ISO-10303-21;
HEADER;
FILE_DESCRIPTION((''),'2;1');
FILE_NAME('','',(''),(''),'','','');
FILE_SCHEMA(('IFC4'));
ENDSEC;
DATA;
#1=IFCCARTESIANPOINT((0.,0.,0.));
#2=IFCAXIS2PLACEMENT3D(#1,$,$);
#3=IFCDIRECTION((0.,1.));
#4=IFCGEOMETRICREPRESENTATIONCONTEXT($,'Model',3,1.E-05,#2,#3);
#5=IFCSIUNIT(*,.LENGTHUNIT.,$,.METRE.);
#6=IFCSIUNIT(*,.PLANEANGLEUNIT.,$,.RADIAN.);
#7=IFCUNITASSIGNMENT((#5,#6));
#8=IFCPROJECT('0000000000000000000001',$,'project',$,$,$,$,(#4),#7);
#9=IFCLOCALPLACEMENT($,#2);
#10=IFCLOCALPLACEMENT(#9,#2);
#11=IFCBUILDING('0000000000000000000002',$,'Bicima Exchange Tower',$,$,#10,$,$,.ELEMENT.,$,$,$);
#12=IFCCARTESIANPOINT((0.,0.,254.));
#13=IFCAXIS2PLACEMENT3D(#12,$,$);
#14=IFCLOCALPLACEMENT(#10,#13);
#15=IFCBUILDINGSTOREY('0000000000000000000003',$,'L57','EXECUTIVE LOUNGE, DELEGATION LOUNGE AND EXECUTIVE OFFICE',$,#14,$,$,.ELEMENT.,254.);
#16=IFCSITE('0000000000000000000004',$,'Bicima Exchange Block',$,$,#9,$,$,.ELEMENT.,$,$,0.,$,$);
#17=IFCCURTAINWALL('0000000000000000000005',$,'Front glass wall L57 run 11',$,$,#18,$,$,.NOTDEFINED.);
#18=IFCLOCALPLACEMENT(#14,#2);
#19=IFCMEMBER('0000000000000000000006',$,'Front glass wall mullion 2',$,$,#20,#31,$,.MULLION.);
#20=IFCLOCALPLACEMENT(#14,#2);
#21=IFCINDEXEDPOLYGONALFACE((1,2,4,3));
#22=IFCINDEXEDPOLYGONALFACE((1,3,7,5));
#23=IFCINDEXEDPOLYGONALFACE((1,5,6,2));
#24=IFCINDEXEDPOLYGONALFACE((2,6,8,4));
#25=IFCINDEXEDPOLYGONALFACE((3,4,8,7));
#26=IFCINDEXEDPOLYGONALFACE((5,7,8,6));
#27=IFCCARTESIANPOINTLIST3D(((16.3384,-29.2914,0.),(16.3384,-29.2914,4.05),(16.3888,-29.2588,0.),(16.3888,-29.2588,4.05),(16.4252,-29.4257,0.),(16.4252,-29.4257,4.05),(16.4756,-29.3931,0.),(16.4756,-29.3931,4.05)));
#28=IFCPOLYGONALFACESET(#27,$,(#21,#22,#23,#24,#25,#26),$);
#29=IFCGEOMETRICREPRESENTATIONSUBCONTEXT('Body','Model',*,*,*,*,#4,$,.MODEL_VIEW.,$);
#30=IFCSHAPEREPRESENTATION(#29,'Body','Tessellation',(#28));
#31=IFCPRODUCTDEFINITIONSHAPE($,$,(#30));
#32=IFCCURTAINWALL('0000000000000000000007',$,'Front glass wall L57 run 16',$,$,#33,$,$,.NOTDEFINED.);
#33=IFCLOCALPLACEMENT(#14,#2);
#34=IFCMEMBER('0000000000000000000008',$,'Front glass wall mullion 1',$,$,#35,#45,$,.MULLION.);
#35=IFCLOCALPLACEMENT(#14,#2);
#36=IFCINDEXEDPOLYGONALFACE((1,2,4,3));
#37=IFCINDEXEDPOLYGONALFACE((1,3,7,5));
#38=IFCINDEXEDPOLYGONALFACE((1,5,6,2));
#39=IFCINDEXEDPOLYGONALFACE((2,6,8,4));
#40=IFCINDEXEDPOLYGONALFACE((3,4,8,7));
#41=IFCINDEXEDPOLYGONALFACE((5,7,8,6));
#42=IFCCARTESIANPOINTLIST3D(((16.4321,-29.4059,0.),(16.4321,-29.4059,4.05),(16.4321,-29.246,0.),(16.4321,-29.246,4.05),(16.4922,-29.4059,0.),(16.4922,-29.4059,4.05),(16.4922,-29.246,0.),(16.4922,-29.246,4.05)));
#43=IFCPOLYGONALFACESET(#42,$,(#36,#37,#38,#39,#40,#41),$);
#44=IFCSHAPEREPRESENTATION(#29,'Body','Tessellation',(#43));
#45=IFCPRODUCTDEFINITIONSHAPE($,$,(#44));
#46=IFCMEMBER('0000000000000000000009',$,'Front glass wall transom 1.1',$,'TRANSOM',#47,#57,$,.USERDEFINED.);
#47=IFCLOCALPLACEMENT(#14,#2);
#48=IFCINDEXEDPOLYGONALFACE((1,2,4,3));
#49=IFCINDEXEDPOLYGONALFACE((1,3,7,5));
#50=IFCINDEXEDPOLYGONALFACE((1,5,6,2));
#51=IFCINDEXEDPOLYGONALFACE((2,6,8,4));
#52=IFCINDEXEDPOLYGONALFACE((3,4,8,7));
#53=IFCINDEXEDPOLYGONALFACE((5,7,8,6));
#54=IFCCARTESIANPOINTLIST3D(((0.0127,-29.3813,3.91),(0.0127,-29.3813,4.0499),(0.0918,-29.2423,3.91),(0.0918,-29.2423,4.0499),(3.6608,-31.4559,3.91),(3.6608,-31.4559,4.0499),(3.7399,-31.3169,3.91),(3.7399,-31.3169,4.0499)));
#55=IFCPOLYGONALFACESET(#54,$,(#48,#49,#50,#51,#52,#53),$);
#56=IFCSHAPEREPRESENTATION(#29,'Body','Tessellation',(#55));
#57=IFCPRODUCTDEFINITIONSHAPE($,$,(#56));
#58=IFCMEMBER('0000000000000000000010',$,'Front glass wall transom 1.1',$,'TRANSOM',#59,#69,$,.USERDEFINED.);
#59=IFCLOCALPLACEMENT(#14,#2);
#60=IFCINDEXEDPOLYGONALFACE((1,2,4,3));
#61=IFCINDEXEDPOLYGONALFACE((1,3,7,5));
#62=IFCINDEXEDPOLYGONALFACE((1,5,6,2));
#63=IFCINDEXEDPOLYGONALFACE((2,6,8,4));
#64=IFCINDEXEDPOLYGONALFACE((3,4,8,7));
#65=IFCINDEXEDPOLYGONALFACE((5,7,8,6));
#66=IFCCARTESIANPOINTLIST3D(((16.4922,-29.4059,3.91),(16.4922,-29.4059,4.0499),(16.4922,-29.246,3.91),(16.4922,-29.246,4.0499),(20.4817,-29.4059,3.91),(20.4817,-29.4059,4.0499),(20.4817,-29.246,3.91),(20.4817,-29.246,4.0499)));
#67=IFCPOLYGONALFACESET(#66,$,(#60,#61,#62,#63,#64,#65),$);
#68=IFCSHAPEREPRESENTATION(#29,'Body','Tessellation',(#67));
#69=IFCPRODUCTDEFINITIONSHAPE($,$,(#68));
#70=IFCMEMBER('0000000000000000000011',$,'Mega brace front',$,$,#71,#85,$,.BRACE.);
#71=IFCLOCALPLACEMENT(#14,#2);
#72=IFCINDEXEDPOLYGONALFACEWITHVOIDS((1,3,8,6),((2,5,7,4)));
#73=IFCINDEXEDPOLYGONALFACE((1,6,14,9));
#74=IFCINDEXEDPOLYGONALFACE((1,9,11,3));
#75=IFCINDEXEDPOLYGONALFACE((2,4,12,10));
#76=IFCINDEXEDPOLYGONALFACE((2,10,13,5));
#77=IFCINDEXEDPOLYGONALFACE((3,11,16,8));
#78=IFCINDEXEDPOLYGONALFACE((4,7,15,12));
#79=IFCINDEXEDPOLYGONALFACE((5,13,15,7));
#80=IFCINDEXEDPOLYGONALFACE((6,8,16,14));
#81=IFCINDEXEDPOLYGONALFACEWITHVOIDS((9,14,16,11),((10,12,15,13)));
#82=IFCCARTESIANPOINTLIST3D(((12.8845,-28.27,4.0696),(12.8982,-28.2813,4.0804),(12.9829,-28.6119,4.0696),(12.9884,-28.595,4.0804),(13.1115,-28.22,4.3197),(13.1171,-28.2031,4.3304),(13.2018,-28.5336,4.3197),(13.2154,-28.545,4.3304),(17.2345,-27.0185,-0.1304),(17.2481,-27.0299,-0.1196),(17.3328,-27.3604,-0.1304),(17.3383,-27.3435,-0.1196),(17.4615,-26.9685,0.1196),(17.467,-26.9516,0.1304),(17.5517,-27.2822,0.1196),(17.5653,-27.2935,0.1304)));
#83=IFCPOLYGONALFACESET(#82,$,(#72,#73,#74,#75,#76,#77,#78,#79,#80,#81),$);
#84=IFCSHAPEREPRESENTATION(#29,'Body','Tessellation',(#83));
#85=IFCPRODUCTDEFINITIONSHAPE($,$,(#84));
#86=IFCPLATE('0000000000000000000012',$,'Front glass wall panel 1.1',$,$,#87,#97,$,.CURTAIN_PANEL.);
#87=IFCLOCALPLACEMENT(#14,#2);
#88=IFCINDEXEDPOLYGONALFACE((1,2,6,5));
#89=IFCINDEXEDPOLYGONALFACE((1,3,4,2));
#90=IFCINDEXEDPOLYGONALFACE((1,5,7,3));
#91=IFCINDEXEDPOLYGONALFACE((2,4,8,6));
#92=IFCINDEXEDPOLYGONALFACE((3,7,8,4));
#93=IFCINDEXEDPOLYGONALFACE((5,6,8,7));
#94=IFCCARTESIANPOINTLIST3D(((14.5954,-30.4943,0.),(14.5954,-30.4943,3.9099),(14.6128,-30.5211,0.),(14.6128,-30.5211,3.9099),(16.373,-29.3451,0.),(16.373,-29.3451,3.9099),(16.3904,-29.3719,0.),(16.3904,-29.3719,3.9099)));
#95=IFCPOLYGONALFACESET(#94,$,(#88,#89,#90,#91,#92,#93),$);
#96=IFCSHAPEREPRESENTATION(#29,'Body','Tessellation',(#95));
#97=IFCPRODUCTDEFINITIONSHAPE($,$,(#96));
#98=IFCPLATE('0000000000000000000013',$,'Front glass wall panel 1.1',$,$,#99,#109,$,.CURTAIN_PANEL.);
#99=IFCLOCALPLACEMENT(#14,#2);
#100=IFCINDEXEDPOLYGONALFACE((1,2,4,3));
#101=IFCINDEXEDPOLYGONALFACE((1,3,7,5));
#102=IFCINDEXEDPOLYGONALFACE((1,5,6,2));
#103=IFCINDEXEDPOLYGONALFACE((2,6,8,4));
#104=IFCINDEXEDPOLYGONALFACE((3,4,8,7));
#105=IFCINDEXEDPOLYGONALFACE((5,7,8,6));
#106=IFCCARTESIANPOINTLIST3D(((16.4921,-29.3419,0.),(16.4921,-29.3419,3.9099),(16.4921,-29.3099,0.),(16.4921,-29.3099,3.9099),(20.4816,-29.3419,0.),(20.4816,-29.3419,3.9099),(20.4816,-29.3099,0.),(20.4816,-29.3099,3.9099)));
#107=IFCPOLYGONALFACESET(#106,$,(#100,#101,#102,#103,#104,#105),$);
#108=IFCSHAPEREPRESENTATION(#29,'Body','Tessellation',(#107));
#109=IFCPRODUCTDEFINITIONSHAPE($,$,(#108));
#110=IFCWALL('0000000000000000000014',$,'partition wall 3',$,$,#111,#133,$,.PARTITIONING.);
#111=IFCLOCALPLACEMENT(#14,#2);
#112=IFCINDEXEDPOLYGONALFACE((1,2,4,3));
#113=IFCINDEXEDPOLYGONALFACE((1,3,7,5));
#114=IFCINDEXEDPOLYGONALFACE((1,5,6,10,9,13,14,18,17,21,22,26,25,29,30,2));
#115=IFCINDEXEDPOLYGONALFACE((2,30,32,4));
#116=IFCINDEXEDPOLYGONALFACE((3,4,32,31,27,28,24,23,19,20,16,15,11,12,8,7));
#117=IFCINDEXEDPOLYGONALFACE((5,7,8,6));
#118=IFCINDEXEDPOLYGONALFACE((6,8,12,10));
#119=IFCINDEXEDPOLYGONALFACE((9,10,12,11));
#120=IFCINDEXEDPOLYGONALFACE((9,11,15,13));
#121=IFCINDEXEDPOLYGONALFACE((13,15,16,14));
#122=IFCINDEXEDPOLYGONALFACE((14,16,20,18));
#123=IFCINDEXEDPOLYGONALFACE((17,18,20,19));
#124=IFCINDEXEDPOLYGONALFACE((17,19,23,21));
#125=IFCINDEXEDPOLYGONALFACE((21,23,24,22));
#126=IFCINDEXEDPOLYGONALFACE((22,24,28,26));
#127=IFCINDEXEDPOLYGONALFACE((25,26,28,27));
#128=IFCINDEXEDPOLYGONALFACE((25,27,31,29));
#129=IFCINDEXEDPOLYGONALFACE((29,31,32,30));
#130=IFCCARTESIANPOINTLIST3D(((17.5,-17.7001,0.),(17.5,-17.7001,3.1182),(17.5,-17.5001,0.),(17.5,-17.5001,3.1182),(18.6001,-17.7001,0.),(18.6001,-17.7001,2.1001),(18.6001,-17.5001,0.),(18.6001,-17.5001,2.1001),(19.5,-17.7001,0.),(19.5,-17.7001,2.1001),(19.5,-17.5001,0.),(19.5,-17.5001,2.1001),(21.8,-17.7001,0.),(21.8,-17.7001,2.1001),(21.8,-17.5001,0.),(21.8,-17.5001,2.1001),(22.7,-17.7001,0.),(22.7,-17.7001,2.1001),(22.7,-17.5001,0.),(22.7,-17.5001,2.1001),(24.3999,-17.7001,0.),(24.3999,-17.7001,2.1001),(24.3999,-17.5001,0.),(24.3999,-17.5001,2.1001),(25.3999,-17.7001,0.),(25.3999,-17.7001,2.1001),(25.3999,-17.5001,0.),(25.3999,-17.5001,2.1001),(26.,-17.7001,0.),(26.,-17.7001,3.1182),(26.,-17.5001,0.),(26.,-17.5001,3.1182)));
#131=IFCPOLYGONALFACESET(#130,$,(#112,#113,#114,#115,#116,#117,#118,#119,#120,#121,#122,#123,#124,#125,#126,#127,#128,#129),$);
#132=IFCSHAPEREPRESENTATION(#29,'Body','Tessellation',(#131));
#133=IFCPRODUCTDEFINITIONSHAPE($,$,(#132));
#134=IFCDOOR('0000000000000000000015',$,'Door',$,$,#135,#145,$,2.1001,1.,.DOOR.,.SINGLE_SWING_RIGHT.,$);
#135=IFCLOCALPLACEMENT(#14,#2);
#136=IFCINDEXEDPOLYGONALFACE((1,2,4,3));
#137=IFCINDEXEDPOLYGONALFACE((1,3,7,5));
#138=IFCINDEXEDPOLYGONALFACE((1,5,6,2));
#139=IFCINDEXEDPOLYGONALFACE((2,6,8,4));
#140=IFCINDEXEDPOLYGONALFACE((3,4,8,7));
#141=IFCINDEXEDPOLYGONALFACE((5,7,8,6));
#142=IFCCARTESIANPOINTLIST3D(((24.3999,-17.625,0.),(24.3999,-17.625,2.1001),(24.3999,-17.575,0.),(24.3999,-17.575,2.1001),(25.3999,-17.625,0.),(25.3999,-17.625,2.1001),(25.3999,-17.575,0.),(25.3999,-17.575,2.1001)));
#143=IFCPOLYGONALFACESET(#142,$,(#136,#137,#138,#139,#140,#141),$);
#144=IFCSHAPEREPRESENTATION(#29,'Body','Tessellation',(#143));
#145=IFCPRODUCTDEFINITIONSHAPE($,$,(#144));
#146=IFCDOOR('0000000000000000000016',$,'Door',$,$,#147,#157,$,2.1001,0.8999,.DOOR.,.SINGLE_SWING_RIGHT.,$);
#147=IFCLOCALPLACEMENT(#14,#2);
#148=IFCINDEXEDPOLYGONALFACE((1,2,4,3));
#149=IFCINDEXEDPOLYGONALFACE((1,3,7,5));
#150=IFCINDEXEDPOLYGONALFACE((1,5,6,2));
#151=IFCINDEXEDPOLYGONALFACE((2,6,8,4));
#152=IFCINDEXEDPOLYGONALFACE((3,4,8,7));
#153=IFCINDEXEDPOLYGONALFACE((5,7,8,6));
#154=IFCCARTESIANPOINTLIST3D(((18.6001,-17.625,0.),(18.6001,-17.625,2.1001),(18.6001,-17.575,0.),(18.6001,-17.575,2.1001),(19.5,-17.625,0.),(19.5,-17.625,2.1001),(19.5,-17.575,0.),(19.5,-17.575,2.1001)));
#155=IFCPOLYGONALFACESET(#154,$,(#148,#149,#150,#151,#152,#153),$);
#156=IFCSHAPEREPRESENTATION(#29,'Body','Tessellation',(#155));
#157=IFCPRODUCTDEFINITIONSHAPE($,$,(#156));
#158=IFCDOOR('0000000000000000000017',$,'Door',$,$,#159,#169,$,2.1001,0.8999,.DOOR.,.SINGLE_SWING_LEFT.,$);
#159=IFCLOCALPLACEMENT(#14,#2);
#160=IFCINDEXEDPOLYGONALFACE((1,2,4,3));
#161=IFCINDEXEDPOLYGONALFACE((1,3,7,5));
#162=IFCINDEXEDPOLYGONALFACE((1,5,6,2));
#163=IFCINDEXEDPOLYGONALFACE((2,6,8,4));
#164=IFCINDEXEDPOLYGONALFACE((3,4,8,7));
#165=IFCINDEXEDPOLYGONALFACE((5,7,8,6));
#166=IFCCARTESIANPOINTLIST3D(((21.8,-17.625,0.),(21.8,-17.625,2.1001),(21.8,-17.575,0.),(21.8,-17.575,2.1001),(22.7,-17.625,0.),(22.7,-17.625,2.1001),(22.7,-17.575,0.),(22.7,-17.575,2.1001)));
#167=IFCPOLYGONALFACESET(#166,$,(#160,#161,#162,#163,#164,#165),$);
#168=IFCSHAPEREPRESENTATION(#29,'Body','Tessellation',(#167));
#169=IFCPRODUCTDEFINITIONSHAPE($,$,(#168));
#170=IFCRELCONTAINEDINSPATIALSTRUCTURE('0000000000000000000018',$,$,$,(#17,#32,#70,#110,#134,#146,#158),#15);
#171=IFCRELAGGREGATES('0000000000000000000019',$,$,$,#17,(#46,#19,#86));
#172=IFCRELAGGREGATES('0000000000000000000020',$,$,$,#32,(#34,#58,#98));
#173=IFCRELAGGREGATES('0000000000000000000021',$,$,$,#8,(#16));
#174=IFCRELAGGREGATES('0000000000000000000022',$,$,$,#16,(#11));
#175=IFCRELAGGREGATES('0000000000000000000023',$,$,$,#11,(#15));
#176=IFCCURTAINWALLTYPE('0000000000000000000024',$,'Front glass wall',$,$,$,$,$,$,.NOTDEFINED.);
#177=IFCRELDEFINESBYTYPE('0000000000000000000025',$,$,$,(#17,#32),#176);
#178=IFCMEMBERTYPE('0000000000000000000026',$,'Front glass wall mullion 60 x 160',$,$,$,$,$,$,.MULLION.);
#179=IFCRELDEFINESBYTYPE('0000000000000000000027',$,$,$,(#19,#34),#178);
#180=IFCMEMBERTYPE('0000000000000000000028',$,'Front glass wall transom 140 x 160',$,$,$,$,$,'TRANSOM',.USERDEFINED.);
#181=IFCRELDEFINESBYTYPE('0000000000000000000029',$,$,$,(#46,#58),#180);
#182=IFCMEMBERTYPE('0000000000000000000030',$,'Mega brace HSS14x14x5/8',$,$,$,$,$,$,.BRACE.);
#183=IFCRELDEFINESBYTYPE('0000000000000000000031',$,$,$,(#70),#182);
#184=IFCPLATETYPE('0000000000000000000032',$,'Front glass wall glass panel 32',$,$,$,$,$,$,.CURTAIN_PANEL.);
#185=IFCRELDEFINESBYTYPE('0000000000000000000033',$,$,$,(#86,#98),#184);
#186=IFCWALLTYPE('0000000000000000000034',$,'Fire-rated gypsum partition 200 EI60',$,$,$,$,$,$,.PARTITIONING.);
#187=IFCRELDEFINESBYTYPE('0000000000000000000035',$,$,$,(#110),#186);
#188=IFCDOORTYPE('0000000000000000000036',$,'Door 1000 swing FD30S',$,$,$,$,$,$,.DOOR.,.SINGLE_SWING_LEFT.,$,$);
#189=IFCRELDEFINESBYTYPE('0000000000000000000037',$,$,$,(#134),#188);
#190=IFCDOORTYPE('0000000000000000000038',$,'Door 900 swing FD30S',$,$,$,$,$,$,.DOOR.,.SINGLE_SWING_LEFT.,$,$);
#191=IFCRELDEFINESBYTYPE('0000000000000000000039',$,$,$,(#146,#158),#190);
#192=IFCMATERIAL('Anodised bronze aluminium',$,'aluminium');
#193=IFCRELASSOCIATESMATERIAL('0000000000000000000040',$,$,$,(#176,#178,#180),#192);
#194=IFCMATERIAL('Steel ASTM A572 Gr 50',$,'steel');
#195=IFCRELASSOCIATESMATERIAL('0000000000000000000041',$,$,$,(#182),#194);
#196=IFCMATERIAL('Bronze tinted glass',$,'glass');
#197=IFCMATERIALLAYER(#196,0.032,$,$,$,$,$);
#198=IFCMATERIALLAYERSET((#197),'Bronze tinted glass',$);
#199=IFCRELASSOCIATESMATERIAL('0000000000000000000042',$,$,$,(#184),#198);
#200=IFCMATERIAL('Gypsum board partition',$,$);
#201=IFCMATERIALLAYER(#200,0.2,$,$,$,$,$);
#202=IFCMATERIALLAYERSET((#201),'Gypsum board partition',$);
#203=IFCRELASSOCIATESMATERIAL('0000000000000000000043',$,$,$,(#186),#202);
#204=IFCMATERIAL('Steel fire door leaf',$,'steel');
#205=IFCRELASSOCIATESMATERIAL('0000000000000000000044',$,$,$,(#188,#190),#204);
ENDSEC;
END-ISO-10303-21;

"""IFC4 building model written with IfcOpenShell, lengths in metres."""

from ifc_helpers import new_model, si_unit, direction, frame, frame_2d, origin, origin_2d, place, context, subcontext, project, spatial, rectangle, hollow_rectangle, extrude, material, layer, layer_set, material_profile, profile_set, type_object, element, fill, aggregate, save


model = new_model("IFC4")

# Units and contexts
model_context = context("Model", 3, precision=1e-05, world=origin(), true_north=direction((0.0, 1.0)))
body_context = subcontext(model_context, "Body", "Model", "MODEL_VIEW")
ifc_project = project(units=[si_unit("LENGTHUNIT", "METRE"), si_unit("PLANEANGLEUNIT", "RADIAN")], contexts=[model_context])

# Site, building, storey
site_placement = place(None, origin())
site = spatial("IfcSite", under=ifc_project, at=site_placement, Name="Bicima Exchange Block", CompositionType="ELEMENT", RefElevation=0.0)
building_placement = place(site_placement, origin())
building = spatial("IfcBuilding", under=site, at=building_placement, Name="Bicima Exchange Tower", CompositionType="ELEMENT")
storey_placement = place(building_placement, frame((0.0, 0.0, 254.0)))
storey = spatial("IfcBuildingStorey", under=building, at=storey_placement, Name="L57", Description="EXECUTIVE LOUNGE, DELEGATION LOUNGE AND EXECUTIVE OFFICE", CompositionType="ELEMENT", Elevation=254.0)

# Curtain wall, member
ifc_material_1 = material(Name="Anodised bronze aluminium", Category="aluminium")
curtain_wall_type = type_object("IfcCurtainWallType", Name="Front glass wall", PredefinedType="NOTDEFINED", material=ifc_material_1)
curtain_wall_1_placement = place(storey_placement, origin())
curtain_wall_1 = element("IfcCurtainWall", 1, at=curtain_wall_1_placement, inside=storey, type_object=curtain_wall_type, Name="Front glass wall L57 run 11", PredefinedType="NOTDEFINED")
ifc_material_profile_1 = material_profile(ifc_material_1, rectangle(XDim=0.1599, YDim=0.0601, at=origin_2d()))
ifc_profile_set_1 = profile_set([ifc_material_profile_1], Name="Anodised bronze aluminium")
member_type_1 = type_object("IfcMemberType", Name="Front glass wall mullion 60 x 160", PredefinedType="MULLION", material=ifc_profile_set_1)
member_1_placement = place(storey_placement, frame((16.407, -29.3423, 0.0), z_axis=(0.0, 0.0, 1.0), x_axis=(-0.542909, 0.839791, 0.0)))
member_1 = element("IfcMember", 2, at=member_1_placement, type_object=member_type_1, Name="Front glass wall mullion 2", PredefinedType="MULLION", context=body_context, shape_type="SweptSolid", body=[
    extrude(rectangle(XDim=0.1599, YDim=0.0601, at=origin_2d()), origin(), (0.0, 0.0, 1.0), 4.05),
])

# Curtain wall, member
curtain_wall_2_placement = place(storey_placement, origin())
curtain_wall_2 = element("IfcCurtainWall", 3, at=curtain_wall_2_placement, inside=storey, type_object=curtain_wall_type, Name="Front glass wall L57 run 16", PredefinedType="NOTDEFINED")
member_2_placement = place(storey_placement, frame((16.4622, -29.3259, 0.0), z_axis=(0.0, 0.0, 1.0), x_axis=(0.0, 1.0, 0.0)))
member_2 = element("IfcMember", 4, at=member_2_placement, type_object=member_type_1, Name="Front glass wall mullion 1", PredefinedType="MULLION", context=body_context, shape_type="SweptSolid", body=[
    extrude(rectangle(XDim=0.1599, YDim=0.0601, at=origin_2d()), origin(), (0.0, 0.0, 1.0), 4.05),
])

# Members
ifc_material_profile_2 = material_profile(ifc_material_1, rectangle(XDim=0.1599, YDim=0.1399, at=origin_2d()))
ifc_profile_set_2 = profile_set([ifc_material_profile_2], Name="Anodised bronze aluminium")
member_type_2 = type_object("IfcMemberType", Name="Front glass wall transom 140 x 160", ElementType="TRANSOM", PredefinedType="USERDEFINED", material=ifc_profile_set_2)
member_3_placement = place(storey_placement, frame((0.0522, -29.3118, 3.98), z_axis=(0.869265, -0.494346, 0.0), x_axis=(0.494346, 0.869265, 0.0)))
member_3 = element("IfcMember", 5, at=member_3_placement, type_object=member_type_2, Name="Front glass wall transom 1.1", ObjectType="TRANSOM", PredefinedType="USERDEFINED", context=body_context, shape_type="SweptSolid", body=[
    extrude(rectangle(XDim=0.1599, YDim=0.1399, at=origin_2d()), origin(), (0.0, 0.0, 1.0), 4.1968),
])
member_4_placement = place(storey_placement, frame((16.4922, -29.3259, 3.98), z_axis=(1.0, 0.0, 0.0), x_axis=(0.0, 1.0, 0.0)))
member_4 = element("IfcMember", 6, at=member_4_placement, type_object=member_type_2, Name="Front glass wall transom 1.1", ObjectType="TRANSOM", PredefinedType="USERDEFINED", context=body_context, shape_type="SweptSolid", body=[
    extrude(rectangle(XDim=0.1599, YDim=0.1399, at=origin_2d()), origin(), (0.0, 0.0, 1.0), 3.9895),
])
ifc_material_2 = material(Name="Steel ASTM A572 Gr 50", Category="steel")
ifc_material_profile_3 = material_profile(ifc_material_2, hollow_rectangle(XDim=0.3557, YDim=0.3557, WallThickness=0.0146, at=origin_2d()))
ifc_profile_set_3 = profile_set([ifc_material_profile_3], Name="Steel ASTM A572 Gr 50")
member_type_3 = type_object("IfcMemberType", Name="Mega brace HSS14x14x5/8", PredefinedType="BRACE", material=ifc_profile_set_3)
member_5_placement = place(storey_placement, frame((17.3999, -27.156, 0.0), z_axis=(-0.704463, -0.202676, 0.680187), x_axis=(0.276487, -0.961018, 0.0)))
element("IfcMember", 7, at=member_5_placement, inside=storey, type_object=member_type_3, Name="Mega brace front", PredefinedType="BRACE", context=body_context, shape_type="SweptSolid", body=[
    extrude(hollow_rectangle(XDim=0.3557, YDim=0.3557, WallThickness=0.0146, at=origin_2d()), origin(), (0.0, 0.0, 1.0), 6.1748),
])

# Plates
ifc_material_3 = material(Name="Bronze tinted glass", Category="glass")
ifc_layer_1 = layer(ifc_material_3, 0.032)
ifc_layer_set_1 = layer_set([ifc_layer_1], Name="Bronze tinted glass")
plate_type = type_object("IfcPlateType", Name="Front glass wall glass panel 32", PredefinedType="CURTAIN_PANEL", material=ifc_layer_set_1)
plate_1_placement = place(storey_placement, frame((15.4929, -29.9331, 0.0), z_axis=(0.0, 0.0, 1.0), x_axis=(0.839791, 0.542909, 0.0)))
plate_1 = element("IfcPlate", 8, at=plate_1_placement, type_object=plate_type, Name="Front glass wall panel 1.1", PredefinedType="CURTAIN_PANEL", context=body_context, shape_type="SweptSolid", body=[
    extrude(rectangle(XDim=2.1167, YDim=0.032, at=origin_2d()), origin(), (0.0, 0.0, 1.0), 3.9099),
])
aggregate(curtain_wall_1, [member_3, member_1, plate_1])
plate_2_placement = place(storey_placement, frame((18.4868, -29.3259, 0.0), z_axis=(0.0, 0.0, 1.0), x_axis=(1.0, 0.0, 0.0)))
plate_2 = element("IfcPlate", 9, at=plate_2_placement, type_object=plate_type, Name="Front glass wall panel 1.1", PredefinedType="CURTAIN_PANEL", context=body_context, shape_type="SweptSolid", body=[
    extrude(rectangle(XDim=3.9895, YDim=0.032, at=origin_2d()), origin(), (0.0, 0.0, 1.0), 3.9099),
])
aggregate(curtain_wall_2, [member_2, member_4, plate_2])

# Wall, openings, doors
ifc_material_4 = material(Name="Gypsum board partition")
ifc_layer_2 = layer(ifc_material_4, 0.2)
ifc_layer_set_2 = layer_set([ifc_layer_2], Name="Gypsum board partition")
wall_type_1 = type_object("IfcWallType", Name="Fire-rated gypsum partition 200 EI60", PredefinedType="PARTITIONING", material=ifc_layer_set_2)
wall_1_placement = place(storey_placement, frame((17.5, -17.6001, 0.0), z_axis=(0.0, 0.0, 1.0), x_axis=(1.0, 0.0, 0.0)))
wall_1 = element("IfcWall", 10, at=wall_1_placement, inside=storey, type_object=wall_type_1, Name="partition wall 3", PredefinedType="PARTITIONING", context=body_context, shape_type="SweptSolid", body=[
    extrude(rectangle(XDim=8.5, YDim=0.2, at=frame_2d((4.25, 0.0))), origin(), (0.0, 0.0, 1.0), 3.1182),
])
opening_1_placement = place(wall_1_placement, frame((1.1001, 0.0, 0.0)))
opening_1 = element("IfcOpeningElement", 11, at=opening_1_placement, cuts=wall_1, PredefinedType="OPENING", context=body_context, shape_type="SweptSolid", body=[
    extrude(rectangle(XDim=0.8999, YDim=2.1001, at=frame_2d((0.45, 1.05))), frame((0.0, 0.1118, 0.0), z_axis=(0.0, -1.0, 0.0), x_axis=(1.0, 0.0, 0.0)), (0.0, 0.0, 1.0), 0.2239),
])
opening_2_placement = place(wall_1_placement, frame((4.3, 0.0, 0.0)))
opening_2 = element("IfcOpeningElement", 12, at=opening_2_placement, cuts=wall_1, PredefinedType="OPENING", context=body_context, shape_type="SweptSolid", body=[
    extrude(rectangle(XDim=0.8999, YDim=2.1001, at=frame_2d((0.45, 1.05))), frame((0.0, 0.1118, 0.0), z_axis=(0.0, -1.0, 0.0), x_axis=(1.0, 0.0, 0.0)), (0.0, 0.0, 1.0), 0.2239),
])
opening_3_placement = place(wall_1_placement, frame((6.8999, 0.0, 0.0)))
opening_3 = element("IfcOpeningElement", 13, at=opening_3_placement, cuts=wall_1, PredefinedType="OPENING", context=body_context, shape_type="SweptSolid", body=[
    extrude(rectangle(XDim=1.0, YDim=2.1001, at=frame_2d((0.5, 1.05))), frame((0.0, 0.1118, 0.0), z_axis=(0.0, -1.0, 0.0), x_axis=(1.0, 0.0, 0.0)), (0.0, 0.0, 1.0), 0.2239),
])
ifc_material_5 = material(Name="Steel fire door leaf", Category="steel")
door_type_1 = type_object("IfcDoorType", Name="Door 1000 swing FD30S", OperationType="SINGLE_SWING_LEFT", PredefinedType="DOOR", material=ifc_material_5)
door_1_placement = place(opening_3_placement, frame((1.0, 0.0, 0.0), z_axis=(0.0, 0.0, 1.0), x_axis=(-1.0, 0.0, 0.0)))
door_1 = element("IfcDoor", 14, at=door_1_placement, inside=storey, type_object=door_type_1, Name="Door", OperationType="SINGLE_SWING_RIGHT", OverallHeight=2.1001, OverallWidth=1.0, PredefinedType="DOOR", context=body_context, shape_type="SweptSolid", body=[
    extrude(rectangle(XDim=1.0, YDim=2.1001, at=frame_2d((0.5, 1.05))), frame((0.0, 0.0249, 0.0), z_axis=(0.0, -1.0, 0.0), x_axis=(1.0, 0.0, 0.0)), (0.0, 0.0, 1.0), 0.05),
])
fill(opening_3, door_1)
door_type_2 = type_object("IfcDoorType", Name="Door 900 swing FD30S", OperationType="SINGLE_SWING_LEFT", PredefinedType="DOOR", material=ifc_material_5)
door_2_placement = place(opening_1_placement, frame((0.8999, 0.0, 0.0), z_axis=(0.0, 0.0, 1.0), x_axis=(-1.0, 0.0, 0.0)))
door_2 = element("IfcDoor", 15, at=door_2_placement, inside=storey, type_object=door_type_2, Name="Door", OperationType="SINGLE_SWING_RIGHT", OverallHeight=2.1001, OverallWidth=0.8999, PredefinedType="DOOR", context=body_context, shape_type="SweptSolid", body=[
    extrude(rectangle(XDim=0.8999, YDim=2.1001, at=frame_2d((0.45, 1.05))), frame((0.0, 0.0249, 0.0), z_axis=(0.0, -1.0, 0.0), x_axis=(1.0, 0.0, 0.0)), (0.0, 0.0, 1.0), 0.05),
])
fill(opening_1, door_2)
door_3_placement = place(opening_2_placement, frame((0.8999, 0.0, 0.0), z_axis=(0.0, 0.0, 1.0), x_axis=(-1.0, 0.0, 0.0)))
door_3 = element("IfcDoor", 16, at=door_3_placement, inside=storey, type_object=door_type_2, Name="Door", OperationType="SINGLE_SWING_LEFT", OverallHeight=2.1001, OverallWidth=0.8999, PredefinedType="DOOR", context=body_context, shape_type="SweptSolid", body=[
    extrude(rectangle(XDim=0.8999, YDim=2.1001, at=frame_2d((0.45, 1.05))), frame((0.0, 0.0249, 0.0), z_axis=(0.0, -1.0, 0.0), x_axis=(1.0, 0.0, 0.0)), (0.0, 0.0, 1.0), 0.05),
])
fill(opening_2, door_3)

save(model, "model.ifc")
